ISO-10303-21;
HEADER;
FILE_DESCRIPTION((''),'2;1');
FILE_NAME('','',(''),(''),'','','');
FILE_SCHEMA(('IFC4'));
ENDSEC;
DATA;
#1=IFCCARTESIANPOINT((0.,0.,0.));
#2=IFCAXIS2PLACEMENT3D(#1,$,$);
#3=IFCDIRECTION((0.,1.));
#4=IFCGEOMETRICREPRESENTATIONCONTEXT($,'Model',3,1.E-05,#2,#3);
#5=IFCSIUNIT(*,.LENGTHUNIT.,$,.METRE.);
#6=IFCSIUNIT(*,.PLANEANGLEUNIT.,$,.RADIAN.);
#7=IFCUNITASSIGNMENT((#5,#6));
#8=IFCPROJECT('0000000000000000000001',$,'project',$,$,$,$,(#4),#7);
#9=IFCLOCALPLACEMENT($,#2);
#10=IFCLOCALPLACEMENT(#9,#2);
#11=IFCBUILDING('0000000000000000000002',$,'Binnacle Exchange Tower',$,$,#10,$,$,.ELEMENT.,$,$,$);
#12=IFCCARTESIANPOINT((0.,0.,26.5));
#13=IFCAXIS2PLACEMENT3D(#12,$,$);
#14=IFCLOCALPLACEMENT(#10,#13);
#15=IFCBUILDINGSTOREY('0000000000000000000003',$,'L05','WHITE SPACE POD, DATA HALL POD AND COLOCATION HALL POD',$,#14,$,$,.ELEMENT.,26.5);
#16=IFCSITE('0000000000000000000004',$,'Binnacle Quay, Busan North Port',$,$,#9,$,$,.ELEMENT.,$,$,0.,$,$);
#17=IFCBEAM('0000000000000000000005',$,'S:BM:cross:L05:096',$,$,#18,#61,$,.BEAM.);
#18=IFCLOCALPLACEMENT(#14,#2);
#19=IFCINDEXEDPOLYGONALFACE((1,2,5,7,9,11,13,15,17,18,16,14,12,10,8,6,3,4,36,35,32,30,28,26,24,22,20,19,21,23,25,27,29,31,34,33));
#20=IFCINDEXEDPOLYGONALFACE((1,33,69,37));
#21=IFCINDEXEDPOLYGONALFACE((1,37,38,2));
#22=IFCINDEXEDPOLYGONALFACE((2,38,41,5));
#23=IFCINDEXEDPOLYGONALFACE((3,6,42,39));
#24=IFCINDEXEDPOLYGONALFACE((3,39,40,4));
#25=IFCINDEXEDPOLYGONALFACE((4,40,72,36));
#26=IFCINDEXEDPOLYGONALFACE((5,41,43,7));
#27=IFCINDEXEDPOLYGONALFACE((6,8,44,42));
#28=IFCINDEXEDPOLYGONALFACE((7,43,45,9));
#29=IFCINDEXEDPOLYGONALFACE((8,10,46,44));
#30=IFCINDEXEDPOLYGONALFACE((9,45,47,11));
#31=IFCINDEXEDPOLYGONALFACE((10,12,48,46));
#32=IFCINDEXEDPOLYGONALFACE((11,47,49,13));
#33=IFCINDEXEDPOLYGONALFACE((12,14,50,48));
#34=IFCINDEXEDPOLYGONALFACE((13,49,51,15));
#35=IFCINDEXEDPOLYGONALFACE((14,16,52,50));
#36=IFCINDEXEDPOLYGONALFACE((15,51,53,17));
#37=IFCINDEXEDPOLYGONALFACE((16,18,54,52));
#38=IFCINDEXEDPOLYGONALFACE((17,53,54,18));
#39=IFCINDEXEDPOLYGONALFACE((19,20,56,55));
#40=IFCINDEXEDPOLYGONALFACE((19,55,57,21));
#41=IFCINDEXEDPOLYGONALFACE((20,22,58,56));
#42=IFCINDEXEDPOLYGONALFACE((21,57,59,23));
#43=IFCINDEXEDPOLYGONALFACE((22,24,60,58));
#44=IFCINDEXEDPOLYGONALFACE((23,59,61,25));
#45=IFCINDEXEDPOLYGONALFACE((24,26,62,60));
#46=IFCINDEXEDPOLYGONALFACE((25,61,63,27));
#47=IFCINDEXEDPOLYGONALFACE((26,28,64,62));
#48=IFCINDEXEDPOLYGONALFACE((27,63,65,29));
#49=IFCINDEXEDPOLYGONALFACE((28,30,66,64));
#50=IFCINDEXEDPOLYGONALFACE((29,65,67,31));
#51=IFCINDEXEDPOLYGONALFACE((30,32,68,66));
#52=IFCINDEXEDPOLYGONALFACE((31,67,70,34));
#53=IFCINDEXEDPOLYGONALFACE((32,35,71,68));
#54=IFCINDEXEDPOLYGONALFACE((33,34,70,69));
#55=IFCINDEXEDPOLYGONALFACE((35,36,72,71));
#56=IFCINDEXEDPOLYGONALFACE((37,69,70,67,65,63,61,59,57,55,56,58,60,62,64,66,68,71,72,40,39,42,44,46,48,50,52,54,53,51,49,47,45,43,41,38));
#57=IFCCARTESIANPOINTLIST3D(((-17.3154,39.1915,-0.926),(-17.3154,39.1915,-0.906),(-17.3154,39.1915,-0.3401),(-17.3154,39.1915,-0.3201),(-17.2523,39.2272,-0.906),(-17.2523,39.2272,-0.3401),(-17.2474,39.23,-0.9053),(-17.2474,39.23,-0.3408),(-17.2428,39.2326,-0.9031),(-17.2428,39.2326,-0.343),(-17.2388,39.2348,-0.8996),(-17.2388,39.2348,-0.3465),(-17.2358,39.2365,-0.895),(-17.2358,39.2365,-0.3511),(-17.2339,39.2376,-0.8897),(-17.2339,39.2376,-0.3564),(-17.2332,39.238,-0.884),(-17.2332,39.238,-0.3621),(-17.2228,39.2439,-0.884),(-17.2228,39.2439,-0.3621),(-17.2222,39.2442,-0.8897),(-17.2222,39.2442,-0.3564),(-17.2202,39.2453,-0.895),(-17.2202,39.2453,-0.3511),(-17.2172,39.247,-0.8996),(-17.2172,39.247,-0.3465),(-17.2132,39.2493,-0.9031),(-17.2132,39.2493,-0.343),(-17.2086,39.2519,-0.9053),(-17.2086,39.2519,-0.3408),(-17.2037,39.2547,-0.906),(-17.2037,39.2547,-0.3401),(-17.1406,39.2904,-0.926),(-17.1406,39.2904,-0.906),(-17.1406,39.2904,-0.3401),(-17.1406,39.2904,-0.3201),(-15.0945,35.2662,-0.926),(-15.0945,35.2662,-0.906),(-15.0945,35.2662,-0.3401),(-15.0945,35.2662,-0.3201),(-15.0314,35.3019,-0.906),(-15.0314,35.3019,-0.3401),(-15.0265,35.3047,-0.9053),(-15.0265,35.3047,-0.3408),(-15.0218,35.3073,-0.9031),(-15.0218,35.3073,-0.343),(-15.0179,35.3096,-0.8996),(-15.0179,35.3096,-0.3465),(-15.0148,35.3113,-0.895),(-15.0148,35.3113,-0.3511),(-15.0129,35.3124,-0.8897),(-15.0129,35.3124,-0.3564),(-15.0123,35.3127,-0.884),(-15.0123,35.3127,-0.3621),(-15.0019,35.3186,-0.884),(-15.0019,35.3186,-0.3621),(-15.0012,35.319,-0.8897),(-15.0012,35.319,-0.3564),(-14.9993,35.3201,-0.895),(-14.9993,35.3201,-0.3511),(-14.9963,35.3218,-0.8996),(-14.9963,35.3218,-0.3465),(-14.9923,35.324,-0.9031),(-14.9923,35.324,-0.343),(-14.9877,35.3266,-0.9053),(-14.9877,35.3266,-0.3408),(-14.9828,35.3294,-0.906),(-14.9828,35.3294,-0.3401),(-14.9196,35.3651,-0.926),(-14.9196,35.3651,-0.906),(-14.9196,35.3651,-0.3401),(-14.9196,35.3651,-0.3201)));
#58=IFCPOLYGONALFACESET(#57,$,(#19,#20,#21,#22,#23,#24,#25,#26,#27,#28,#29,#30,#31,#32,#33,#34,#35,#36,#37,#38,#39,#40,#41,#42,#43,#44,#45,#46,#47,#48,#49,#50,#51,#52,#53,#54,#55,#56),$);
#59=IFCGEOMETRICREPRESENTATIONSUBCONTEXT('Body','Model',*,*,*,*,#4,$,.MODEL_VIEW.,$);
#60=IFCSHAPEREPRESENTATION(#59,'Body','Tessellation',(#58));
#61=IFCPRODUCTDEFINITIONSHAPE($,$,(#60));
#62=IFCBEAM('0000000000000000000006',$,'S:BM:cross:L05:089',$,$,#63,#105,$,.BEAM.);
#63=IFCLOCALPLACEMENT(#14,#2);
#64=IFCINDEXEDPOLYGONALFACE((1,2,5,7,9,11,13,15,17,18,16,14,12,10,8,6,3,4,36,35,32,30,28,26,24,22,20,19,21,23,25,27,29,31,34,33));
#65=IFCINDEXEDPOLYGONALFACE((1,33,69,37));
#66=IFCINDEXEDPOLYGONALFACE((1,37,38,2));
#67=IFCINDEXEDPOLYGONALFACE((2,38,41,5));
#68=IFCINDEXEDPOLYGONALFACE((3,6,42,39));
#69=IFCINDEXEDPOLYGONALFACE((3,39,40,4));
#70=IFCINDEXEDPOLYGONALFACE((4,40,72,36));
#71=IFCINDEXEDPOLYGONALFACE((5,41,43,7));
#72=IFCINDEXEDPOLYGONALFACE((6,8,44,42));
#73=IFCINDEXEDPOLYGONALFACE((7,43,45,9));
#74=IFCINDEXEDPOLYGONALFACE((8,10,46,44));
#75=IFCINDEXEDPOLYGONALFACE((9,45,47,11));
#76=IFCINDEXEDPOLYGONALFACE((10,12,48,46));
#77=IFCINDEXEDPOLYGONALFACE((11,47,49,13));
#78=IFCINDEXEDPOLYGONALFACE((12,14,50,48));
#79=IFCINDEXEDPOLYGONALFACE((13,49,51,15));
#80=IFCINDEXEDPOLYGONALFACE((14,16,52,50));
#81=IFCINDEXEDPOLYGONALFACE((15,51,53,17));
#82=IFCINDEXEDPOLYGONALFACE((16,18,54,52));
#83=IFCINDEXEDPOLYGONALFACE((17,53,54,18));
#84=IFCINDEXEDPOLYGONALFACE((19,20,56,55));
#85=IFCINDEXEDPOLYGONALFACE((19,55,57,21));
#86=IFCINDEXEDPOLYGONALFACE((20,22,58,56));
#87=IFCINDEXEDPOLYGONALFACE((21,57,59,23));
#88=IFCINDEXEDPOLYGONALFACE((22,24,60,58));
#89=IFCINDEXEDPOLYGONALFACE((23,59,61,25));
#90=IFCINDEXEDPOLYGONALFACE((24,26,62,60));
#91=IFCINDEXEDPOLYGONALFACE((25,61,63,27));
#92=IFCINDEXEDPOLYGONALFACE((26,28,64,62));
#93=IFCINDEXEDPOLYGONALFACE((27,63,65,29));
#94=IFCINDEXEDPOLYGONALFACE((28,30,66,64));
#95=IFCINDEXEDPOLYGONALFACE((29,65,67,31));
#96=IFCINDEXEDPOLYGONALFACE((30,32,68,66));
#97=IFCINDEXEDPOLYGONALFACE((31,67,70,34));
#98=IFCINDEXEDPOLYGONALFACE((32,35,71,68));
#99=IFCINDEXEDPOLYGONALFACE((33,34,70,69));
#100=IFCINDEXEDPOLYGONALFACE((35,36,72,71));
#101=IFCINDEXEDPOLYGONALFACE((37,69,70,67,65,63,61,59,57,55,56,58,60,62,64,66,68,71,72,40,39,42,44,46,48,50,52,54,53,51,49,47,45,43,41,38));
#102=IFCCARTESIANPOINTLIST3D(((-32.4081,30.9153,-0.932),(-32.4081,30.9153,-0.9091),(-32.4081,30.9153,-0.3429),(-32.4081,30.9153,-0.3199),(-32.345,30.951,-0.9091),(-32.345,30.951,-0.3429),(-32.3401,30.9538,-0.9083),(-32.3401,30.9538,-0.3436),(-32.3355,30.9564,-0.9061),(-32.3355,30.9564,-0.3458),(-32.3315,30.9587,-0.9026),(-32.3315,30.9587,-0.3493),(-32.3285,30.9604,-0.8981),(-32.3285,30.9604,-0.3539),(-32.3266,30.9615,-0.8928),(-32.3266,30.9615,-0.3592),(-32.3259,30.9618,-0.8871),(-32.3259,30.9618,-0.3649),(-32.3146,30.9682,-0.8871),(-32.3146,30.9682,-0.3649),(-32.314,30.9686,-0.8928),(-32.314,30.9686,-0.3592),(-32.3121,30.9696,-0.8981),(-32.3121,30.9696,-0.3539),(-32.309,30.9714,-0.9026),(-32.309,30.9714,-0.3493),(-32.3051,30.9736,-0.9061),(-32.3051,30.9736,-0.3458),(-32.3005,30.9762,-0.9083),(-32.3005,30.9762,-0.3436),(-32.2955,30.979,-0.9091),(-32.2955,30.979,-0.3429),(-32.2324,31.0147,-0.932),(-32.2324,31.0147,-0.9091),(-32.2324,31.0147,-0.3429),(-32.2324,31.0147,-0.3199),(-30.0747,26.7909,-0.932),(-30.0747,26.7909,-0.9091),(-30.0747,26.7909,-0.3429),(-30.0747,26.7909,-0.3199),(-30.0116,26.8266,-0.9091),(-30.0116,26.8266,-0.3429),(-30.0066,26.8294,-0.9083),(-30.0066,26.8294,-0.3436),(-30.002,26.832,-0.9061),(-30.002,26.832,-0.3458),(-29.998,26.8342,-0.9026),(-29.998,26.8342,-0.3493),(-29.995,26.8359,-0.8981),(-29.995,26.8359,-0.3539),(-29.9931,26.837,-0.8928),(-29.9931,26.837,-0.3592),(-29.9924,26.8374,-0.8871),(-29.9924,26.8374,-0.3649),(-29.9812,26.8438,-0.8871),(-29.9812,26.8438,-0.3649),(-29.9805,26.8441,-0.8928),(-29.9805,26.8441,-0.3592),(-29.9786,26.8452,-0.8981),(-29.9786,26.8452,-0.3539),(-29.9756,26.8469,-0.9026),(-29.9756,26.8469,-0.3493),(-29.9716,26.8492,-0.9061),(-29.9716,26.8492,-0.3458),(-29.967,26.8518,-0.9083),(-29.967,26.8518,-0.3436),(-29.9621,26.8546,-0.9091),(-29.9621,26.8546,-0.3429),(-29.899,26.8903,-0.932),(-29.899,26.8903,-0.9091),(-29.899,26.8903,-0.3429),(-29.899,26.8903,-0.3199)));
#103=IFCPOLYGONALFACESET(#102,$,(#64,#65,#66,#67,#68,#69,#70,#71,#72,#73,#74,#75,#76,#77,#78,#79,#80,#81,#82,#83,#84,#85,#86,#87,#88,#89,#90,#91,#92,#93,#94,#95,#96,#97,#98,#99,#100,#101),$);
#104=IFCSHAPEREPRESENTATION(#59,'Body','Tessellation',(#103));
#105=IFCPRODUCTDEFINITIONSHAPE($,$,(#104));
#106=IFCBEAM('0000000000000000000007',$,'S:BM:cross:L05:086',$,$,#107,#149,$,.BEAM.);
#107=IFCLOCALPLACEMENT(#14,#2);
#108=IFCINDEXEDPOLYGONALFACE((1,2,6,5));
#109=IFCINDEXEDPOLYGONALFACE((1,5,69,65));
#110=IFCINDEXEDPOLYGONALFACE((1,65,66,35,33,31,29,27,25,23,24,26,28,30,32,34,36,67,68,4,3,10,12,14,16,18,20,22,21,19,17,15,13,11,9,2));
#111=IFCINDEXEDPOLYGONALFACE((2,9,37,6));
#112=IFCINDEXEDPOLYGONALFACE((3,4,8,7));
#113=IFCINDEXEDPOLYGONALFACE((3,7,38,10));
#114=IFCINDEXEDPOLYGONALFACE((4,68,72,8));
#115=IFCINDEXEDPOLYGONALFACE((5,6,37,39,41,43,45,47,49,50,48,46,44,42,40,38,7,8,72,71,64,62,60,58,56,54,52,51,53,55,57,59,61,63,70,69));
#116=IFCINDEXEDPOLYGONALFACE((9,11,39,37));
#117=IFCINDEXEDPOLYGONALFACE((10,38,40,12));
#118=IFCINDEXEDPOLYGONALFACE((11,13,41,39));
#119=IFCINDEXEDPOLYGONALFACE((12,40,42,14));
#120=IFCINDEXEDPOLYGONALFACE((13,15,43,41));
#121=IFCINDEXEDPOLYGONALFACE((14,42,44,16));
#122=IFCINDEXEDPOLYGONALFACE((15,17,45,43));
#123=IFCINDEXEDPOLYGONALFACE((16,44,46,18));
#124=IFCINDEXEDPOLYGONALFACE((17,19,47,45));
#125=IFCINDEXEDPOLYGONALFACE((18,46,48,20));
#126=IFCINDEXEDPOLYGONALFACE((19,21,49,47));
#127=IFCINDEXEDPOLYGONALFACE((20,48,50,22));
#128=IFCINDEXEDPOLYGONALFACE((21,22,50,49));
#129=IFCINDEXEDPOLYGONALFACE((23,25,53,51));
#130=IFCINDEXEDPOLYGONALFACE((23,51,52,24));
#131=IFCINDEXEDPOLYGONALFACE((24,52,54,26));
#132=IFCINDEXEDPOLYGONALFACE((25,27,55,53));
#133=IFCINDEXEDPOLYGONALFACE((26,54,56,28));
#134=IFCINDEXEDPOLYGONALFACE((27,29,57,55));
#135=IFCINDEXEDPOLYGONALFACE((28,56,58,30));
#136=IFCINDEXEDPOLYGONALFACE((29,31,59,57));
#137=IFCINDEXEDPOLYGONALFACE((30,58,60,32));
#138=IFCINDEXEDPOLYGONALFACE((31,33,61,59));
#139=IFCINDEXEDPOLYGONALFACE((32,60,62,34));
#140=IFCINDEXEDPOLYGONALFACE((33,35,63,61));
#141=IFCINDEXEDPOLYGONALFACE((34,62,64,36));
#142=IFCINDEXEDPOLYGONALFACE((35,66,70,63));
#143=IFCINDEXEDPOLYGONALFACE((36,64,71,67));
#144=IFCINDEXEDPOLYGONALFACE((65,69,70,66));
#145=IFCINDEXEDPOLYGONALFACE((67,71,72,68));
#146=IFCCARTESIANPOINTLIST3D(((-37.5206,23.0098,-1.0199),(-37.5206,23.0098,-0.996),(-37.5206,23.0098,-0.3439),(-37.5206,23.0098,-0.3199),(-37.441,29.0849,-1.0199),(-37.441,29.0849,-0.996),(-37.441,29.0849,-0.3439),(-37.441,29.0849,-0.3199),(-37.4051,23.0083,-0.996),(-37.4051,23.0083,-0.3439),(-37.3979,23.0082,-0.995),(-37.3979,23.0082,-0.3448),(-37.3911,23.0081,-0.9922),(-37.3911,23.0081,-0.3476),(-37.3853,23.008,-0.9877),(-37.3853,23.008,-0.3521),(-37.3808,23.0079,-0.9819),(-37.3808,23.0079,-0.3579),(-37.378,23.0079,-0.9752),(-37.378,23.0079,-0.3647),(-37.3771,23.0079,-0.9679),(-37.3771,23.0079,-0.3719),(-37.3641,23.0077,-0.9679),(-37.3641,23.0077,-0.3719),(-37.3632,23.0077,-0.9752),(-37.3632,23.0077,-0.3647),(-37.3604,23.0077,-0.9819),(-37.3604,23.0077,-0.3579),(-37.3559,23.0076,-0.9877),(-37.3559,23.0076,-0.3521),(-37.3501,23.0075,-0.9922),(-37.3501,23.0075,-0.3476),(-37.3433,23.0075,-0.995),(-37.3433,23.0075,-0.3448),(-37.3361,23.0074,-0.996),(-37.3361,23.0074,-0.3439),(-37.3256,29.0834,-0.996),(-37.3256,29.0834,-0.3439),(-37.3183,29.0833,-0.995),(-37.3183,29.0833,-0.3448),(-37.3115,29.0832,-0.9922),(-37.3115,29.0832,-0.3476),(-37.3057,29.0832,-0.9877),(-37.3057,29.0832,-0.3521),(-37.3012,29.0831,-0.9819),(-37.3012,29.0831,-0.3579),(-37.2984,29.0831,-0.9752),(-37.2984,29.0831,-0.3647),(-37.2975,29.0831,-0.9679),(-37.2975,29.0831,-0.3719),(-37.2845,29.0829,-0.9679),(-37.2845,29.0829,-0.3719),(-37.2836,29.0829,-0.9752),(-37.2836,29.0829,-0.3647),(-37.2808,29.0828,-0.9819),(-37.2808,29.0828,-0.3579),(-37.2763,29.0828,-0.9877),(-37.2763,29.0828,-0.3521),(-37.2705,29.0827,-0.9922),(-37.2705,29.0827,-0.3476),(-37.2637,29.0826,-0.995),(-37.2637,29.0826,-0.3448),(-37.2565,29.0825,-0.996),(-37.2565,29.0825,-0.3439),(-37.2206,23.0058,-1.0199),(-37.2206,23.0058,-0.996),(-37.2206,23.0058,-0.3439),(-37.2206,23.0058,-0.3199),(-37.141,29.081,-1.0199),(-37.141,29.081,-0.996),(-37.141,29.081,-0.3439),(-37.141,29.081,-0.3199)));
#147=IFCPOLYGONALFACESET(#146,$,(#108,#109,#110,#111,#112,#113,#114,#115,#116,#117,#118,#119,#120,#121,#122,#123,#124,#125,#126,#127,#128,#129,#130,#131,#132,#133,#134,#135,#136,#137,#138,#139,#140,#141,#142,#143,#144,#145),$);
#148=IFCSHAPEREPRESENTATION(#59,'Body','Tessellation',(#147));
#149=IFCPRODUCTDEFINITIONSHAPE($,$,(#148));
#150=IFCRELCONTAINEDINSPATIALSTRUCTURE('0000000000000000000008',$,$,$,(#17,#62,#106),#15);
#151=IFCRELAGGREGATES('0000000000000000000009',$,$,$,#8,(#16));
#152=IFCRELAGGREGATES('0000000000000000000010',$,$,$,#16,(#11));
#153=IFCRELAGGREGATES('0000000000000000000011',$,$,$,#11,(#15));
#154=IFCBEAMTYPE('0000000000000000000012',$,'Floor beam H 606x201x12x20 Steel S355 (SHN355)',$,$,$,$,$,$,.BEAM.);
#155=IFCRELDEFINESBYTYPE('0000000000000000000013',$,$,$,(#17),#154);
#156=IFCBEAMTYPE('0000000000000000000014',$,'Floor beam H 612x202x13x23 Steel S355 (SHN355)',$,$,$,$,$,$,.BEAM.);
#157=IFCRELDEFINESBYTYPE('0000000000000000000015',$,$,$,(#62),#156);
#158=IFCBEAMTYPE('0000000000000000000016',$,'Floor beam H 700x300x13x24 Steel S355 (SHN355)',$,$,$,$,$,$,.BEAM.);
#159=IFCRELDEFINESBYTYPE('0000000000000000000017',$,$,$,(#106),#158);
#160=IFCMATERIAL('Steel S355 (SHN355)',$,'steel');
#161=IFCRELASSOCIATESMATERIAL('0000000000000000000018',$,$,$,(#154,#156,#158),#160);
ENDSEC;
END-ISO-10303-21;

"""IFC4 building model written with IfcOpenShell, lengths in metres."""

from ifc_helpers import new_model, si_unit, direction, frame, origin, origin_2d, place, context, subcontext, project, spatial, i_section, extrude, material, material_profile, profile_set, type_object, element, save


model = new_model("IFC4")

# Units and contexts
model_context = context("Model", 3, precision=1e-05, world=origin(), true_north=direction((0.0, 1.0)))
body_context = subcontext(model_context, "Body", "Model", "MODEL_VIEW")
ifc_project = project(units=[si_unit("LENGTHUNIT", "METRE"), si_unit("PLANEANGLEUNIT", "RADIAN")], contexts=[model_context])

# Site, building, storey
site_placement = place(None, origin())
site = spatial("IfcSite", under=ifc_project, at=site_placement, Name="Binnacle Quay, Busan North Port", CompositionType="ELEMENT", RefElevation=0.0)
building_placement = place(site_placement, origin())
building = spatial("IfcBuilding", under=site, at=building_placement, Name="Binnacle Exchange Tower", CompositionType="ELEMENT")
storey_placement = place(building_placement, frame((0.0, 0.0, 26.5)))
storey = spatial("IfcBuildingStorey", under=building, at=storey_placement, Name="L05", Description="WHITE SPACE POD, DATA HALL POD AND COLOCATION HALL POD", CompositionType="ELEMENT", Elevation=26.5)

# Beams
ifc_material_1 = material(Name="Steel S355 (SHN355)", Category="steel")
ifc_material_profile_1 = material_profile(ifc_material_1, i_section(OverallWidth=0.2009, OverallDepth=0.606, WebThickness=0.012, FlangeThickness=0.02, FilletRadius=0.022, at=origin_2d()), Name="H 606x201x12x20")
ifc_profile_set_1 = profile_set([ifc_material_profile_1], Name="Steel S355 (SHN355)")
beam_type_1 = type_object("IfcBeamType", Name="Floor beam H 606x201x12x20 Steel S355 (SHN355)", PredefinedType="BEAM", material=ifc_profile_set_1)
for number, where, z_axis, x_axis, name in (
    (1, (-15.0071, 35.3157, -0.623), (-0.492444, 0.870344, 0.0), (-0.870344, -0.492444, 0.0), "S:BM:cross:L05:096"),
):
    element("IfcBeam", number, at=place(storey_placement, frame(where, z_axis=z_axis, x_axis=x_axis)), inside=storey, type_object=beam_type_1, Name=name, PredefinedType="BEAM", context=body_context, shape_type="SweptSolid", body=[
        extrude(i_section(OverallWidth=0.2009, OverallDepth=0.606, WebThickness=0.012, FlangeThickness=0.02, FilletRadius=0.022, at=origin_2d()), origin(), (0.0, 0.0, 1.0), 4.51),
    ])
ifc_material_profile_2 = material_profile(ifc_material_1, i_section(OverallWidth=0.2019, OverallDepth=0.6121, WebThickness=0.0129, FlangeThickness=0.0229, FilletRadius=0.022, at=origin_2d()), Name="H 612x202x13x23")
ifc_profile_set_2 = profile_set([ifc_material_profile_2], Name="Steel S355 (SHN355)")
beam_type_2 = type_object("IfcBeamType", Name="Floor beam H 612x202x13x23 Steel S355 (SHN355)", PredefinedType="BEAM", material=ifc_profile_set_2)
beam_1_placement = place(storey_placement, frame((-29.9868, 26.8406, -0.626), z_axis=(-0.492417, 0.870359, 0.0), x_axis=(-0.870359, -0.492417, 0.0)))
element("IfcBeam", 2, at=beam_1_placement, inside=storey, type_object=beam_type_2, Name="S:BM:cross:L05:089", PredefinedType="BEAM", context=body_context, shape_type="SweptSolid", body=[
    extrude(i_section(OverallWidth=0.2019, OverallDepth=0.6121, WebThickness=0.0129, FlangeThickness=0.0229, FilletRadius=0.022, at=origin_2d()), origin(), (0.0, 0.0, 1.0), 4.7388),
])
ifc_material_profile_3 = material_profile(ifc_material_1, i_section(OverallWidth=0.3, OverallDepth=0.7, WebThickness=0.0129, FlangeThickness=0.0239, FilletRadius=0.0281, at=origin_2d()), Name="H 700x300x13x24")
ifc_profile_set_3 = profile_set([ifc_material_profile_3], Name="Steel S355 (SHN355)")
beam_type_3 = type_object("IfcBeamType", Name="Floor beam H 700x300x13x24 Steel S355 (SHN355)", PredefinedType="BEAM", material=ifc_profile_set_3)
beam_2_placement = place(storey_placement, frame((-37.3706, 23.0078, -0.6699), z_axis=(0.0131, 0.999914, 0.0), x_axis=(-0.999914, 0.0131, 0.0)))
element("IfcBeam", 3, at=beam_2_placement, inside=storey, type_object=beam_type_3, Name="S:BM:cross:L05:086", PredefinedType="BEAM", context=body_context, shape_type="SweptSolid", body=[
    extrude(i_section(OverallWidth=0.3, OverallDepth=0.7, WebThickness=0.0129, FlangeThickness=0.0239, FilletRadius=0.0281, at=origin_2d()), origin(), (0.0, 0.0, 1.0), 6.0757),
])

save(model, "model.ifc")
